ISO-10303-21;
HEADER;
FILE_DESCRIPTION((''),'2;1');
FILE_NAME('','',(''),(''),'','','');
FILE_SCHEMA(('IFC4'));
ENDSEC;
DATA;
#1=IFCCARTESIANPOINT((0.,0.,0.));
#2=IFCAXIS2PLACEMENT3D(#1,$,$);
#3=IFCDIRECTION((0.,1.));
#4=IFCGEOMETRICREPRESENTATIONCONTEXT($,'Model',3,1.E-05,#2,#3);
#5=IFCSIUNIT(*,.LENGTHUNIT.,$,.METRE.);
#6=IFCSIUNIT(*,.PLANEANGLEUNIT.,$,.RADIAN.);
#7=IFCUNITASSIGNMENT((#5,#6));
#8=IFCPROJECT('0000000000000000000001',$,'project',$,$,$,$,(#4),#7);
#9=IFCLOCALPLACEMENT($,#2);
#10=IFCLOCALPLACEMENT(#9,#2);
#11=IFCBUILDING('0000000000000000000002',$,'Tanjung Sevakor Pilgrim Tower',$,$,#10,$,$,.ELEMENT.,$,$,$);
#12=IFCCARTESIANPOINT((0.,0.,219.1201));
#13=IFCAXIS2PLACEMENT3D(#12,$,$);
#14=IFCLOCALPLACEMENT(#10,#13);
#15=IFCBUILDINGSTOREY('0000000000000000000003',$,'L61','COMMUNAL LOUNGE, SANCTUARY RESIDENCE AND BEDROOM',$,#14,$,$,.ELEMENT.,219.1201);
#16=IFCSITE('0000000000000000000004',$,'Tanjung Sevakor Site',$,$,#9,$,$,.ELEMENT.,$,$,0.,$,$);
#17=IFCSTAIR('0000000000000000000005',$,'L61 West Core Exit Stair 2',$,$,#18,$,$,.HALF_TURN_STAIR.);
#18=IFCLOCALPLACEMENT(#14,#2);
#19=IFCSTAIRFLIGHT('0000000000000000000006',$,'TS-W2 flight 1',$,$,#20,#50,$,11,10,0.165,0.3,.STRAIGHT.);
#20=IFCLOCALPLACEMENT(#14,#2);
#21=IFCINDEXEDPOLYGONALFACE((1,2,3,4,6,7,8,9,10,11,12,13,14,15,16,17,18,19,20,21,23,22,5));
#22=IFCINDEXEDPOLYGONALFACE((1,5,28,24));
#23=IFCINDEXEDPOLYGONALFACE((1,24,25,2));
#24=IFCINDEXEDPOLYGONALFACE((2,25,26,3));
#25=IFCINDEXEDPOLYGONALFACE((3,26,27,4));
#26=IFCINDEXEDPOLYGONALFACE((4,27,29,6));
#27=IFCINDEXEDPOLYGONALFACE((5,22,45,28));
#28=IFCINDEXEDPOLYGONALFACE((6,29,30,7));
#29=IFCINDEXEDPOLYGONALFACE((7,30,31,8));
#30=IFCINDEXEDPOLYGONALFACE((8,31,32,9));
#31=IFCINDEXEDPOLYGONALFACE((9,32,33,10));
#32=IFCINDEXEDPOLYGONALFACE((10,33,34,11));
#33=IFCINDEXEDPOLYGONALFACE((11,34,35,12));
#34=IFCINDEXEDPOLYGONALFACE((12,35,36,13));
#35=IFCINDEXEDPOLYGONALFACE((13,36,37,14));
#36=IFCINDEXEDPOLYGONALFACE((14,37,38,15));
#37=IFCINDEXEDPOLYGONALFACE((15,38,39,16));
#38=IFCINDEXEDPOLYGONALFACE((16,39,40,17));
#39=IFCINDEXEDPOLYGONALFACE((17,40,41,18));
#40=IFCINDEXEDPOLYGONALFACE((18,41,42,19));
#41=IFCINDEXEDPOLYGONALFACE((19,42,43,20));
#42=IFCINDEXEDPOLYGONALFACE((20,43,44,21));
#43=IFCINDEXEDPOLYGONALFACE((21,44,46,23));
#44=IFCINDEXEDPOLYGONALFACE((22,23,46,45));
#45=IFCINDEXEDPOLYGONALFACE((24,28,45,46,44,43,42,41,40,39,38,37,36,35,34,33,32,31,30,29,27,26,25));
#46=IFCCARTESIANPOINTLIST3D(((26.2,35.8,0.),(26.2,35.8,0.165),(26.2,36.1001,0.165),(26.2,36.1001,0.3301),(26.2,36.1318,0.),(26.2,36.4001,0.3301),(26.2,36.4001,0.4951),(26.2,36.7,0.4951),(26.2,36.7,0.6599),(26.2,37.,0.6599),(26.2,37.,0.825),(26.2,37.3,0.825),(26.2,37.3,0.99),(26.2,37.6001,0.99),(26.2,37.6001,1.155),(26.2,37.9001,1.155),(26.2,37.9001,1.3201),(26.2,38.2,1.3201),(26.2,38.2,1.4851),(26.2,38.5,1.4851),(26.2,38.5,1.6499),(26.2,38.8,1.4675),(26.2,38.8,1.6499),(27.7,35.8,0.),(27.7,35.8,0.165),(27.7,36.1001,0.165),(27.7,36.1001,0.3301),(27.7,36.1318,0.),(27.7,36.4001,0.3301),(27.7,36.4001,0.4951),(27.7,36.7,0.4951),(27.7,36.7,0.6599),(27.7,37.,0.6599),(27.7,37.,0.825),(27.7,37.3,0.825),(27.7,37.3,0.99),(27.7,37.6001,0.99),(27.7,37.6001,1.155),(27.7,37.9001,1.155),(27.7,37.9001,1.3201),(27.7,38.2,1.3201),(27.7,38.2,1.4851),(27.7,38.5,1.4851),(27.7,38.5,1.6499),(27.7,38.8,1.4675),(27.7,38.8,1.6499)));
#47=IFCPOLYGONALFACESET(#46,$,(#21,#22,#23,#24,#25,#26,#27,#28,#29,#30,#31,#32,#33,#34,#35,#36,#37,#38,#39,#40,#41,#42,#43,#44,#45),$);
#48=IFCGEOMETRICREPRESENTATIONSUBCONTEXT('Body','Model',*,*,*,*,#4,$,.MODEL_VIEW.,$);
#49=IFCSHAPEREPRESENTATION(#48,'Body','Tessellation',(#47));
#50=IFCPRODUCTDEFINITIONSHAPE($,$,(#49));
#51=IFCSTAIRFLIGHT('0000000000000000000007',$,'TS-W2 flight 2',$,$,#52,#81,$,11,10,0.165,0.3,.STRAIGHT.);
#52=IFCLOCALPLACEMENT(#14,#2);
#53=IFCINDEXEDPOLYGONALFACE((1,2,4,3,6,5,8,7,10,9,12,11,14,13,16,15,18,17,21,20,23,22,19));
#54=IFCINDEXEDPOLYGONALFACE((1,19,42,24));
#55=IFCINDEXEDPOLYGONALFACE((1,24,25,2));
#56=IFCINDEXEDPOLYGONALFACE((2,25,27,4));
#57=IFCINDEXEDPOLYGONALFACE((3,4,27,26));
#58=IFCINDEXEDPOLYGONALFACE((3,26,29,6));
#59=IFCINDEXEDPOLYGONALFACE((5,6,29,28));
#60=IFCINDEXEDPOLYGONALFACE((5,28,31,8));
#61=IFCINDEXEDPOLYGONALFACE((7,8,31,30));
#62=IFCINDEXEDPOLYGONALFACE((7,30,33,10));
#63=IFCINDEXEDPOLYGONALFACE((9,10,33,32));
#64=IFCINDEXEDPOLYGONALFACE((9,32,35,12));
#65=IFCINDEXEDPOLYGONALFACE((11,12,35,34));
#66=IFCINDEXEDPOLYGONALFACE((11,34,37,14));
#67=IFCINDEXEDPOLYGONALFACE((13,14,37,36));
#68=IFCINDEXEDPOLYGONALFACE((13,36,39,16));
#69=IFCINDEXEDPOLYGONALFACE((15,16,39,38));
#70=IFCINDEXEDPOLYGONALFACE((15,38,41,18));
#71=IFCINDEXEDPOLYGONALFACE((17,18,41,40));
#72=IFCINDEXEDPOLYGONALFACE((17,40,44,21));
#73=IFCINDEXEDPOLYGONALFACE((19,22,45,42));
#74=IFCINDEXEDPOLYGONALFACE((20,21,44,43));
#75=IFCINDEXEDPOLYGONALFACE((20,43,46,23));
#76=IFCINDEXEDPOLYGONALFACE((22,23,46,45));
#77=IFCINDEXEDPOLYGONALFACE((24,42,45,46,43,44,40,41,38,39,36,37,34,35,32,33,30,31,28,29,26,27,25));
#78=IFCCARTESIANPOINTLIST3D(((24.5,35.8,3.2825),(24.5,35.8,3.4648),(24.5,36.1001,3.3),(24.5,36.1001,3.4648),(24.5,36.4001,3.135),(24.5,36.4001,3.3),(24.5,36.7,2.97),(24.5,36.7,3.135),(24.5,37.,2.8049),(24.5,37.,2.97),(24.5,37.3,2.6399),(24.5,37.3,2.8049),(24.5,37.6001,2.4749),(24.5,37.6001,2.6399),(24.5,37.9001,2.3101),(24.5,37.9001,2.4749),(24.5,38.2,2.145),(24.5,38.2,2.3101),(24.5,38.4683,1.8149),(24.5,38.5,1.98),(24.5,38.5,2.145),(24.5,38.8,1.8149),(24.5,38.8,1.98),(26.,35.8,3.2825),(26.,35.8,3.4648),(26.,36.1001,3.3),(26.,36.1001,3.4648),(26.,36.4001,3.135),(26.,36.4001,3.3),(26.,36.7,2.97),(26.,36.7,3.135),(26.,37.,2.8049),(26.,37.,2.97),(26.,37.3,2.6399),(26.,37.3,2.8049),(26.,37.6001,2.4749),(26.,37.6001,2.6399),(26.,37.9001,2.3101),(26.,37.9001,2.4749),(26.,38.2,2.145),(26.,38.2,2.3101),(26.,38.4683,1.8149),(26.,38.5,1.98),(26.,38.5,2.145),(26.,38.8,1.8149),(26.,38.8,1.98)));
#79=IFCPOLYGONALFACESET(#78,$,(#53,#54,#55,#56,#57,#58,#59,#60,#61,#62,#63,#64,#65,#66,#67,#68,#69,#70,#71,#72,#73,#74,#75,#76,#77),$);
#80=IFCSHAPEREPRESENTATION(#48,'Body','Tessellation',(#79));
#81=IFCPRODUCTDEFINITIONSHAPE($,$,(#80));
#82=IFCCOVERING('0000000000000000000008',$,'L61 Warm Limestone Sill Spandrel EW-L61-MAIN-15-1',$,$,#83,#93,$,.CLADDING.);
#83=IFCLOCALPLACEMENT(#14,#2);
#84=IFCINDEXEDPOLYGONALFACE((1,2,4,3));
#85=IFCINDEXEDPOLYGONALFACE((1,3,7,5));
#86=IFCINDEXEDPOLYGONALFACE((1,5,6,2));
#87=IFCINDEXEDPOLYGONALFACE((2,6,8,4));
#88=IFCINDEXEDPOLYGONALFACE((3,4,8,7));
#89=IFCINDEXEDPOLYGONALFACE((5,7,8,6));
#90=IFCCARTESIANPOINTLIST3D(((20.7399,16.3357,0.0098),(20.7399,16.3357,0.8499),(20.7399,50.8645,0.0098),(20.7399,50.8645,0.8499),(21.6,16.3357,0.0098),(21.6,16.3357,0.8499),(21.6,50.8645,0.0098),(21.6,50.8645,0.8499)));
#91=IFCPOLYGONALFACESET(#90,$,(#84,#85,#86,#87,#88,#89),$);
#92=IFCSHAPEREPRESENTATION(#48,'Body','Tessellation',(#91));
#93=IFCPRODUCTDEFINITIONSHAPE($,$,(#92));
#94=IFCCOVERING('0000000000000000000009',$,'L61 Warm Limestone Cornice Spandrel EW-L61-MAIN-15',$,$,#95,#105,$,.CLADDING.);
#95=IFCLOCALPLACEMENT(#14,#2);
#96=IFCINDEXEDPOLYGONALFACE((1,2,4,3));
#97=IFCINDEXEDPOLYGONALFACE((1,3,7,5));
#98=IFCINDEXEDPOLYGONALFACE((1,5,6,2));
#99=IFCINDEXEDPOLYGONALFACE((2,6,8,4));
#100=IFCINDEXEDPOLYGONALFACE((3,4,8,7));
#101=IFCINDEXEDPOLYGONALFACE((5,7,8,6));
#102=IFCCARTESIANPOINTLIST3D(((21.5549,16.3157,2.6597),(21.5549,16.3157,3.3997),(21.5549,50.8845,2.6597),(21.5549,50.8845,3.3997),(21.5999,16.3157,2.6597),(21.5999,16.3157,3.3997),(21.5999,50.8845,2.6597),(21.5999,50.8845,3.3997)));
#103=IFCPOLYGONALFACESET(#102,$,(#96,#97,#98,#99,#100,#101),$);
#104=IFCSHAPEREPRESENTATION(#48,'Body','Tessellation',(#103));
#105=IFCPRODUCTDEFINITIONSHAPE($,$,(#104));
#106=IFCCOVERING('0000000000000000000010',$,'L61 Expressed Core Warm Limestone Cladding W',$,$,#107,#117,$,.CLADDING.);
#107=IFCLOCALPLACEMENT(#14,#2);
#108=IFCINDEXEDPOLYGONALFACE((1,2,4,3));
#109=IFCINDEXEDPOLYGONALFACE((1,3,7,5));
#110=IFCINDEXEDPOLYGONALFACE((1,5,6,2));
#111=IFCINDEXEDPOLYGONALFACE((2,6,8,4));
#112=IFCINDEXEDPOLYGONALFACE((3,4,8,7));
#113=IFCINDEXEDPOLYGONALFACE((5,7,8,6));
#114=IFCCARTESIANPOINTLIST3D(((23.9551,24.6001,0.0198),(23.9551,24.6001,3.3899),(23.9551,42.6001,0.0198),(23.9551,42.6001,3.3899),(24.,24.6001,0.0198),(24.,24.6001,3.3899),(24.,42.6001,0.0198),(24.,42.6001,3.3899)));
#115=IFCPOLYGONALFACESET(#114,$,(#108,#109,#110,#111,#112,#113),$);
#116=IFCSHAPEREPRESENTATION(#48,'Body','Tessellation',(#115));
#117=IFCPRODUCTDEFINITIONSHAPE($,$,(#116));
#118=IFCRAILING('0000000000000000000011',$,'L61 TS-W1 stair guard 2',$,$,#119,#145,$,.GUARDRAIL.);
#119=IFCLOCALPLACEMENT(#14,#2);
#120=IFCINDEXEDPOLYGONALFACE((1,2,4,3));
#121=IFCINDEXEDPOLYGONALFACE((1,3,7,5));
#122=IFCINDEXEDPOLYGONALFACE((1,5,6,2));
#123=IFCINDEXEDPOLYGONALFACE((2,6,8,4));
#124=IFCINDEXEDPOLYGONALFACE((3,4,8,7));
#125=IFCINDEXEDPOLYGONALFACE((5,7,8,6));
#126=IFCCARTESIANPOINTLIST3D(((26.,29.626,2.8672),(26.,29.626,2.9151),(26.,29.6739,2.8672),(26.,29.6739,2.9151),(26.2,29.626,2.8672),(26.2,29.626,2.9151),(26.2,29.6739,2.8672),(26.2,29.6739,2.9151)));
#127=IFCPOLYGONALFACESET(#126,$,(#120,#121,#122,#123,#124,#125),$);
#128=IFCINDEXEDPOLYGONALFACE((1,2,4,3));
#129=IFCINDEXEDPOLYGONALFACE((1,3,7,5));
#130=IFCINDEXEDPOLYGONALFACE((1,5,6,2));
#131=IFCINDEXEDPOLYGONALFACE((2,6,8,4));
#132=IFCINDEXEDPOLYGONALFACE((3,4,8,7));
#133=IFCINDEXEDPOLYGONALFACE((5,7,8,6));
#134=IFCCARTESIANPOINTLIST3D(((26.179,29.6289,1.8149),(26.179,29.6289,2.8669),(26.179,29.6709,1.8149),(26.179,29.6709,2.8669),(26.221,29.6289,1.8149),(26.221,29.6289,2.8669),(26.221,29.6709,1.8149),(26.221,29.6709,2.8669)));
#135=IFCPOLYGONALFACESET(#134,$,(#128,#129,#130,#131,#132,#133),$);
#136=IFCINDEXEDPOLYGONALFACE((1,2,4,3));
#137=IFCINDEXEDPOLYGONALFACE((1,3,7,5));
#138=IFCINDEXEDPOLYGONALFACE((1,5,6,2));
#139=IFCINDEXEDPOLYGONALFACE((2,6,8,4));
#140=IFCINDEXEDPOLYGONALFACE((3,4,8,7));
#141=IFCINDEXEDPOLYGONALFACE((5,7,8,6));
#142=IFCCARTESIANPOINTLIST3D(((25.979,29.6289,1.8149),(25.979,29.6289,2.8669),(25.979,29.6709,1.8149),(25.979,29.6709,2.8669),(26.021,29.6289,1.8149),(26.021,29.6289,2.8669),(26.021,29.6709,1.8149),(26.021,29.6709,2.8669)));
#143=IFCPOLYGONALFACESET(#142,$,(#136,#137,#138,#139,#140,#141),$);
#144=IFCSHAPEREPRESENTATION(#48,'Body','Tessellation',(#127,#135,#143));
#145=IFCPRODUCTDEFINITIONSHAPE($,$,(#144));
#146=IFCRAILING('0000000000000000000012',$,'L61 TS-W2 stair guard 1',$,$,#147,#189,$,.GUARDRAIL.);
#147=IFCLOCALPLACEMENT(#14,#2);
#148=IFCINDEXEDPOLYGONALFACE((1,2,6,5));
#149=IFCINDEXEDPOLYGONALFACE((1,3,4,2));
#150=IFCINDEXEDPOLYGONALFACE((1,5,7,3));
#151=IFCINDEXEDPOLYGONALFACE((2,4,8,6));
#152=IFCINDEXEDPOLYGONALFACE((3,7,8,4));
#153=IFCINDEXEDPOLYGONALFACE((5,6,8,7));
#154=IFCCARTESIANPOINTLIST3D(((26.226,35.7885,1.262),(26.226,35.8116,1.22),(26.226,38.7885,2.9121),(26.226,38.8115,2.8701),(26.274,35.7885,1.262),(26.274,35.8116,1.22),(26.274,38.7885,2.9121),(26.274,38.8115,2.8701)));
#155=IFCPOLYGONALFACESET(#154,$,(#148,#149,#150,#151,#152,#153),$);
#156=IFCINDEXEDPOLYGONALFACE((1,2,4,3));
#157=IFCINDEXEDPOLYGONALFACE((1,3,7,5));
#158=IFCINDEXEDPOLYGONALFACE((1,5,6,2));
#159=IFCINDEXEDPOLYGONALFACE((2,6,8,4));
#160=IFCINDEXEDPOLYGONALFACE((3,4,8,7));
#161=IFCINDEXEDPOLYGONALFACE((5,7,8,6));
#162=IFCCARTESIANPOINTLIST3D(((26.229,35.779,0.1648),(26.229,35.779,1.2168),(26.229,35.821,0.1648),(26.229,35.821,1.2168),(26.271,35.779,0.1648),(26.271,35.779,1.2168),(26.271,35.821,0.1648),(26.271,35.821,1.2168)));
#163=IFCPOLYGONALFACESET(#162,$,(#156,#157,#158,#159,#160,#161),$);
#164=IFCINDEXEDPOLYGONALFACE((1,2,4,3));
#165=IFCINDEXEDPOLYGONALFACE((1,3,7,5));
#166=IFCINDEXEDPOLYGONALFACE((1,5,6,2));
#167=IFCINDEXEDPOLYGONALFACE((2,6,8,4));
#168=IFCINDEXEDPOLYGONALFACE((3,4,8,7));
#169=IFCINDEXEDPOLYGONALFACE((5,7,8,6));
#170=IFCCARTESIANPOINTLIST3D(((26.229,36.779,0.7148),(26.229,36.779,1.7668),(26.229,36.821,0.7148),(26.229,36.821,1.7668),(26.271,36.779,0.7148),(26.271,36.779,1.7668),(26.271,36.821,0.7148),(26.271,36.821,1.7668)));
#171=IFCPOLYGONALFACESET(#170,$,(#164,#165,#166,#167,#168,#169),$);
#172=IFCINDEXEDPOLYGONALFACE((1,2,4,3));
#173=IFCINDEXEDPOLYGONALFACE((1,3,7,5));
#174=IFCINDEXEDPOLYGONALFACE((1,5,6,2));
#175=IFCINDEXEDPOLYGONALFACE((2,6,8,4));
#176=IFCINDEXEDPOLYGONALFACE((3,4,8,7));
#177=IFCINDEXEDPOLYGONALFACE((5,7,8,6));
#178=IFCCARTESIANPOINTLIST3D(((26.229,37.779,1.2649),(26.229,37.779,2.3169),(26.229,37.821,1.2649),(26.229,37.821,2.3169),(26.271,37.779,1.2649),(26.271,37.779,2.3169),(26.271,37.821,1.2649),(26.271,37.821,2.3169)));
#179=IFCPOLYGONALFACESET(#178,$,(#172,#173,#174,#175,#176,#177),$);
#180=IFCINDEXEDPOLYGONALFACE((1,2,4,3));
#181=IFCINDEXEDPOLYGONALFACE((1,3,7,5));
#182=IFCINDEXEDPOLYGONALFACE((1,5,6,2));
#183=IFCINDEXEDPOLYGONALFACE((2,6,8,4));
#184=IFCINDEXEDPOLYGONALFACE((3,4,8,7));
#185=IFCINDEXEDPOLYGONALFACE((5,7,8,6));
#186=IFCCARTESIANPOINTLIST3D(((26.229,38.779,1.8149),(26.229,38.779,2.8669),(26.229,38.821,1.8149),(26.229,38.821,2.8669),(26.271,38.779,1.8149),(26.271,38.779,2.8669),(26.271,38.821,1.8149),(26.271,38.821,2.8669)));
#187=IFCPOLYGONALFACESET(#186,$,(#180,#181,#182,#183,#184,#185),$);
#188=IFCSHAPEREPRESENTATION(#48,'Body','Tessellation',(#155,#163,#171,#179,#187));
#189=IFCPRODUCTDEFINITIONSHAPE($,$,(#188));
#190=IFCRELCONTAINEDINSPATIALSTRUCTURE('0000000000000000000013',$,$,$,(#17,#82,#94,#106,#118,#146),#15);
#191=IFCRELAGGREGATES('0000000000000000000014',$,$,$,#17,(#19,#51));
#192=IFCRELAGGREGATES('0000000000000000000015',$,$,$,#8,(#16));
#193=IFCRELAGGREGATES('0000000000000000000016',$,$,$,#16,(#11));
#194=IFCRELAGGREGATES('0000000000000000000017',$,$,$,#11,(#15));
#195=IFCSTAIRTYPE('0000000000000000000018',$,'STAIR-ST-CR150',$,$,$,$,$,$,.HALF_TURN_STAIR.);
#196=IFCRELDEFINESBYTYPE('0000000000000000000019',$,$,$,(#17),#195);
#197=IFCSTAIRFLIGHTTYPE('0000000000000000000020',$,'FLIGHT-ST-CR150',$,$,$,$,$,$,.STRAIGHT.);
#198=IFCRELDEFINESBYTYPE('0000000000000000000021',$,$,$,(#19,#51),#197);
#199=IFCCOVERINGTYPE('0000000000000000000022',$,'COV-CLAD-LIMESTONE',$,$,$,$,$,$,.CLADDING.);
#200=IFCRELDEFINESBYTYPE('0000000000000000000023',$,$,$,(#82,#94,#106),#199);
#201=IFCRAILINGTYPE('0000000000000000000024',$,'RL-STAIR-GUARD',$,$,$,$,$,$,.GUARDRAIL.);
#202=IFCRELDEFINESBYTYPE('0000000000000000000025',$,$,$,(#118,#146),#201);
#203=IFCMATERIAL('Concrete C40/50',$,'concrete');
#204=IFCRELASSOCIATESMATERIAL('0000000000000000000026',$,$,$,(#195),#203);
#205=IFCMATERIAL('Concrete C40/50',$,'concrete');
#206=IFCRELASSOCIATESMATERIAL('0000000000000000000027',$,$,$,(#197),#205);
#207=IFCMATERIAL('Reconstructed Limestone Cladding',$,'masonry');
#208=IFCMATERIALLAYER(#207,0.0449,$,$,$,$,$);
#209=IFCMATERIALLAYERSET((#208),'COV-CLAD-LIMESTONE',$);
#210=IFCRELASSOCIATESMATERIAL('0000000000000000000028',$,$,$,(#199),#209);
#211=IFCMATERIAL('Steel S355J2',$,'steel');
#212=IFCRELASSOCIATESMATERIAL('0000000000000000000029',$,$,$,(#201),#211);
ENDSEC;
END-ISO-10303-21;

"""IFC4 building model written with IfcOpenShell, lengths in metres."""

from ifc_helpers import new_model, si_unit, direction, frame, origin, origin_2d, place, context, subcontext, project, spatial, polyline, rectangle, outline, extrude, material, layer, layer_set, type_object, element, aggregate, save


model = new_model("IFC4")

# Units and contexts
model_context = context("Model", 3, precision=1e-05, world=origin(), true_north=direction((0.0, 1.0)))
body_context = subcontext(model_context, "Body", "Model", "MODEL_VIEW")
ifc_project = project(units=[si_unit("LENGTHUNIT", "METRE"), si_unit("PLANEANGLEUNIT", "RADIAN")], contexts=[model_context])

# Site, building, storey
site_placement = place(None, origin())
site = spatial("IfcSite", under=ifc_project, at=site_placement, Name="Tanjung Sevakor Site", CompositionType="ELEMENT", RefElevation=0.0)
building_placement = place(site_placement, origin())
building = spatial("IfcBuilding", under=site, at=building_placement, Name="Tanjung Sevakor Pilgrim Tower", CompositionType="ELEMENT")
storey_placement = place(building_placement, frame((0.0, 0.0, 219.1201)))
storey = spatial("IfcBuildingStorey", under=building, at=storey_placement, Name="L61", Description="COMMUNAL LOUNGE, SANCTUARY RESIDENCE AND BEDROOM", CompositionType="ELEMENT", Elevation=219.1201)

# Stair, stair flights
ifc_material_1 = material(Name="Concrete C40/50", Category="concrete")
stair_type = type_object("IfcStairType", Name="STAIR-ST-CR150", PredefinedType="HALF_TURN_STAIR", material=ifc_material_1)
stair_placement = place(storey_placement, origin())
stair = element("IfcStair", 1, at=stair_placement, inside=storey, type_object=stair_type, Name="L61 West Core Exit Stair 2", PredefinedType="HALF_TURN_STAIR")
ifc_material_2 = material(Name="Concrete C40/50", Category="concrete")
stair_flight_type = type_object("IfcStairFlightType", Name="FLIGHT-ST-CR150", PredefinedType="STRAIGHT", material=ifc_material_2)
stair_flight_1_placement = place(storey_placement, frame((26.95, 35.8, 0.0), z_axis=(0.0, 0.0, 1.0), x_axis=(0.0, 1.0, 0.0)))
stair_flight_1 = element("IfcStairFlight", 2, at=stair_flight_1_placement, type_object=stair_flight_type, Name="TS-W2 flight 1", NumberOfRisers=11, NumberOfTreads=10, PredefinedType="STRAIGHT", RiserHeight=0.165, TreadLength=0.3, context=body_context, shape_type="SweptSolid", body=[
    extrude(outline(polyline([(0.0, 0.0), (0.0, 0.165), (0.3, 0.165), (0.3, 0.3301), (0.6001, 0.3301), (0.6001, 0.4951), (0.8999, 0.4951), (0.8999, 0.6599), (1.2, 0.6599), (1.2, 0.825), (1.5, 0.825), (1.5, 0.99), (1.8, 0.99), (1.8, 1.155), (2.1001, 1.155), (2.1001, 1.3201), (2.3999, 1.3201), (2.3999, 1.4851), (2.7, 1.4851), (2.7, 1.6499), (3.0, 1.6499), (3.0, 1.8149), (3.0, 1.4675), (0.3318, 0.0), (0.0, 0.0)])), frame((0.0, 0.75, 0.0), z_axis=(0.0, -1.0, 0.0), x_axis=(1.0, 0.0, 0.0)), (0.0, 0.0, 1.0), 1.5),
])
stair_flight_2_placement = place(storey_placement, frame((25.25, 38.8, 1.8149), z_axis=(0.0, 0.0, 1.0), x_axis=(0.0, -1.0, 0.0)))
stair_flight_2 = element("IfcStairFlight", 3, at=stair_flight_2_placement, type_object=stair_flight_type, Name="TS-W2 flight 2", NumberOfRisers=11, NumberOfTreads=10, PredefinedType="STRAIGHT", RiserHeight=0.165, TreadLength=0.3, context=body_context, shape_type="SweptSolid", body=[
    extrude(outline(polyline([(0.0, 0.0), (0.0, 0.165), (0.3, 0.165), (0.3, 0.3301), (0.6001, 0.3301), (0.6001, 0.4951), (0.8999, 0.4951), (0.8999, 0.6599), (1.2, 0.6599), (1.2, 0.825), (1.5, 0.825), (1.5, 0.99), (1.8, 0.99), (1.8, 1.155), (2.1001, 1.155), (2.1001, 1.3201), (2.3999, 1.3201), (2.3999, 1.4851), (2.7, 1.4851), (2.7, 1.6499), (3.0, 1.6499), (3.0, 1.8149), (3.0, 1.4675), (0.3318, 0.0), (0.0, 0.0)])), frame((0.0, 0.75, 0.0), z_axis=(0.0, -1.0, 0.0), x_axis=(1.0, 0.0, 0.0)), (0.0, 0.0, 1.0), 1.5),
])
aggregate(stair, [stair_flight_1, stair_flight_2])

# Coverings
ifc_material_3 = material(Name="Reconstructed Limestone Cladding", Category="masonry")
ifc_layer_1 = layer(ifc_material_3, 0.0449)
ifc_layer_set_1 = layer_set([ifc_layer_1], Name="COV-CLAD-LIMESTONE")
covering_type = type_object("IfcCoveringType", Name="COV-CLAD-LIMESTONE", PredefinedType="CLADDING", material=ifc_layer_set_1)
covering_1_placement = place(storey_placement, frame((21.1699, 33.6001, 0.0098), z_axis=(0.0, 0.0, 1.0), x_axis=(0.0, -1.0, 0.0)))
element("IfcCovering", 4, at=covering_1_placement, inside=storey, type_object=covering_type, Name="L61 Warm Limestone Sill Spandrel EW-L61-MAIN-15-1", PredefinedType="CLADDING", context=body_context, shape_type="SweptSolid", body=[
    extrude(rectangle(XDim=34.5288, YDim=0.8601, at=origin_2d()), origin(), (0.0, 0.0, 1.0), 0.8401),
])
covering_2_placement = place(storey_placement, frame((21.5774, 33.6001, 2.6597), z_axis=(0.0, 0.0, 1.0), x_axis=(0.0, -1.0, 0.0)))
element("IfcCovering", 5, at=covering_2_placement, inside=storey, type_object=covering_type, Name="L61 Warm Limestone Cornice Spandrel EW-L61-MAIN-15", PredefinedType="CLADDING", context=body_context, shape_type="SweptSolid", body=[
    extrude(rectangle(XDim=34.5688, YDim=0.0449, at=origin_2d()), origin(), (0.0, 0.0, 1.0), 0.74),
])
covering_3_placement = place(storey_placement, frame((23.9775, 33.6001, 0.0198), z_axis=(0.0, 0.0, 1.0), x_axis=(1.0, 0.0, 0.0)))
element("IfcCovering", 6, at=covering_3_placement, inside=storey, type_object=covering_type, Name="L61 Expressed Core Warm Limestone Cladding W", PredefinedType="CLADDING", context=body_context, shape_type="SweptSolid", body=[
    extrude(rectangle(XDim=0.0449, YDim=18.0, at=origin_2d()), origin(), (0.0, 0.0, 1.0), 3.3701),
])

# Railings
ifc_material_4 = material(Name="Steel S355J2", Category="steel")
railing_type_1 = type_object("IfcRailingType", Name="RL-STAIR-GUARD", PredefinedType="GUARDRAIL", material=ifc_material_4)
railing_1_placement = place(storey_placement, frame((26.2, 29.6499, 1.8149)))
element("IfcRailing", 7, at=railing_1_placement, inside=storey, type_object=railing_type_1, Name="L61 TS-W1 stair guard 2", PredefinedType="GUARDRAIL", context=body_context, shape_type="SweptSolid", body=[
    extrude(rectangle(XDim=0.0479, YDim=0.0479), frame((0.0, 0.0, 1.0762), z_axis=(-1.0, 0.0, 0.0), x_axis=(0.0, -1.0, 0.0)), (0.0, 0.0, 1.0), 0.2),
    extrude(rectangle(XDim=0.042, YDim=0.042), origin(), (0.0, 0.0, 1.0), 1.052),
    extrude(rectangle(XDim=0.042, YDim=0.042), frame((-0.2, 0.0, 0.0)), (0.0, 0.0, 1.0), 1.052),
])
railing_2_placement = place(storey_placement, frame((26.25, 35.8, 0.1648)))
element("IfcRailing", 8, at=railing_2_placement, inside=storey, type_object=railing_type_1, Name="L61 TS-W2 stair guard 1", PredefinedType="GUARDRAIL", context=body_context, shape_type="SweptSolid", body=[
    extrude(rectangle(XDim=0.0479, YDim=0.0479), frame((0.0, 0.0, 1.0762), z_axis=(0.0, 0.876198, 0.481952), x_axis=(-1.0, 0.0, 0.0)), (0.0, 0.0, 1.0), 3.4238),
    extrude(rectangle(XDim=0.042, YDim=0.042), origin(), (0.0, 0.0, 1.0), 1.052),
    extrude(rectangle(XDim=0.042, YDim=0.042), frame((0.0, 1.0, 0.55)), (0.0, 0.0, 1.0), 1.052),
    extrude(rectangle(XDim=0.042, YDim=0.042), frame((0.0, 2.0, 1.1001)), (0.0, 0.0, 1.0), 1.052),
    extrude(rectangle(XDim=0.042, YDim=0.042), frame((0.0, 3.0, 1.6501)), (0.0, 0.0, 1.0), 1.052),
])

save(model, "model.ifc")
